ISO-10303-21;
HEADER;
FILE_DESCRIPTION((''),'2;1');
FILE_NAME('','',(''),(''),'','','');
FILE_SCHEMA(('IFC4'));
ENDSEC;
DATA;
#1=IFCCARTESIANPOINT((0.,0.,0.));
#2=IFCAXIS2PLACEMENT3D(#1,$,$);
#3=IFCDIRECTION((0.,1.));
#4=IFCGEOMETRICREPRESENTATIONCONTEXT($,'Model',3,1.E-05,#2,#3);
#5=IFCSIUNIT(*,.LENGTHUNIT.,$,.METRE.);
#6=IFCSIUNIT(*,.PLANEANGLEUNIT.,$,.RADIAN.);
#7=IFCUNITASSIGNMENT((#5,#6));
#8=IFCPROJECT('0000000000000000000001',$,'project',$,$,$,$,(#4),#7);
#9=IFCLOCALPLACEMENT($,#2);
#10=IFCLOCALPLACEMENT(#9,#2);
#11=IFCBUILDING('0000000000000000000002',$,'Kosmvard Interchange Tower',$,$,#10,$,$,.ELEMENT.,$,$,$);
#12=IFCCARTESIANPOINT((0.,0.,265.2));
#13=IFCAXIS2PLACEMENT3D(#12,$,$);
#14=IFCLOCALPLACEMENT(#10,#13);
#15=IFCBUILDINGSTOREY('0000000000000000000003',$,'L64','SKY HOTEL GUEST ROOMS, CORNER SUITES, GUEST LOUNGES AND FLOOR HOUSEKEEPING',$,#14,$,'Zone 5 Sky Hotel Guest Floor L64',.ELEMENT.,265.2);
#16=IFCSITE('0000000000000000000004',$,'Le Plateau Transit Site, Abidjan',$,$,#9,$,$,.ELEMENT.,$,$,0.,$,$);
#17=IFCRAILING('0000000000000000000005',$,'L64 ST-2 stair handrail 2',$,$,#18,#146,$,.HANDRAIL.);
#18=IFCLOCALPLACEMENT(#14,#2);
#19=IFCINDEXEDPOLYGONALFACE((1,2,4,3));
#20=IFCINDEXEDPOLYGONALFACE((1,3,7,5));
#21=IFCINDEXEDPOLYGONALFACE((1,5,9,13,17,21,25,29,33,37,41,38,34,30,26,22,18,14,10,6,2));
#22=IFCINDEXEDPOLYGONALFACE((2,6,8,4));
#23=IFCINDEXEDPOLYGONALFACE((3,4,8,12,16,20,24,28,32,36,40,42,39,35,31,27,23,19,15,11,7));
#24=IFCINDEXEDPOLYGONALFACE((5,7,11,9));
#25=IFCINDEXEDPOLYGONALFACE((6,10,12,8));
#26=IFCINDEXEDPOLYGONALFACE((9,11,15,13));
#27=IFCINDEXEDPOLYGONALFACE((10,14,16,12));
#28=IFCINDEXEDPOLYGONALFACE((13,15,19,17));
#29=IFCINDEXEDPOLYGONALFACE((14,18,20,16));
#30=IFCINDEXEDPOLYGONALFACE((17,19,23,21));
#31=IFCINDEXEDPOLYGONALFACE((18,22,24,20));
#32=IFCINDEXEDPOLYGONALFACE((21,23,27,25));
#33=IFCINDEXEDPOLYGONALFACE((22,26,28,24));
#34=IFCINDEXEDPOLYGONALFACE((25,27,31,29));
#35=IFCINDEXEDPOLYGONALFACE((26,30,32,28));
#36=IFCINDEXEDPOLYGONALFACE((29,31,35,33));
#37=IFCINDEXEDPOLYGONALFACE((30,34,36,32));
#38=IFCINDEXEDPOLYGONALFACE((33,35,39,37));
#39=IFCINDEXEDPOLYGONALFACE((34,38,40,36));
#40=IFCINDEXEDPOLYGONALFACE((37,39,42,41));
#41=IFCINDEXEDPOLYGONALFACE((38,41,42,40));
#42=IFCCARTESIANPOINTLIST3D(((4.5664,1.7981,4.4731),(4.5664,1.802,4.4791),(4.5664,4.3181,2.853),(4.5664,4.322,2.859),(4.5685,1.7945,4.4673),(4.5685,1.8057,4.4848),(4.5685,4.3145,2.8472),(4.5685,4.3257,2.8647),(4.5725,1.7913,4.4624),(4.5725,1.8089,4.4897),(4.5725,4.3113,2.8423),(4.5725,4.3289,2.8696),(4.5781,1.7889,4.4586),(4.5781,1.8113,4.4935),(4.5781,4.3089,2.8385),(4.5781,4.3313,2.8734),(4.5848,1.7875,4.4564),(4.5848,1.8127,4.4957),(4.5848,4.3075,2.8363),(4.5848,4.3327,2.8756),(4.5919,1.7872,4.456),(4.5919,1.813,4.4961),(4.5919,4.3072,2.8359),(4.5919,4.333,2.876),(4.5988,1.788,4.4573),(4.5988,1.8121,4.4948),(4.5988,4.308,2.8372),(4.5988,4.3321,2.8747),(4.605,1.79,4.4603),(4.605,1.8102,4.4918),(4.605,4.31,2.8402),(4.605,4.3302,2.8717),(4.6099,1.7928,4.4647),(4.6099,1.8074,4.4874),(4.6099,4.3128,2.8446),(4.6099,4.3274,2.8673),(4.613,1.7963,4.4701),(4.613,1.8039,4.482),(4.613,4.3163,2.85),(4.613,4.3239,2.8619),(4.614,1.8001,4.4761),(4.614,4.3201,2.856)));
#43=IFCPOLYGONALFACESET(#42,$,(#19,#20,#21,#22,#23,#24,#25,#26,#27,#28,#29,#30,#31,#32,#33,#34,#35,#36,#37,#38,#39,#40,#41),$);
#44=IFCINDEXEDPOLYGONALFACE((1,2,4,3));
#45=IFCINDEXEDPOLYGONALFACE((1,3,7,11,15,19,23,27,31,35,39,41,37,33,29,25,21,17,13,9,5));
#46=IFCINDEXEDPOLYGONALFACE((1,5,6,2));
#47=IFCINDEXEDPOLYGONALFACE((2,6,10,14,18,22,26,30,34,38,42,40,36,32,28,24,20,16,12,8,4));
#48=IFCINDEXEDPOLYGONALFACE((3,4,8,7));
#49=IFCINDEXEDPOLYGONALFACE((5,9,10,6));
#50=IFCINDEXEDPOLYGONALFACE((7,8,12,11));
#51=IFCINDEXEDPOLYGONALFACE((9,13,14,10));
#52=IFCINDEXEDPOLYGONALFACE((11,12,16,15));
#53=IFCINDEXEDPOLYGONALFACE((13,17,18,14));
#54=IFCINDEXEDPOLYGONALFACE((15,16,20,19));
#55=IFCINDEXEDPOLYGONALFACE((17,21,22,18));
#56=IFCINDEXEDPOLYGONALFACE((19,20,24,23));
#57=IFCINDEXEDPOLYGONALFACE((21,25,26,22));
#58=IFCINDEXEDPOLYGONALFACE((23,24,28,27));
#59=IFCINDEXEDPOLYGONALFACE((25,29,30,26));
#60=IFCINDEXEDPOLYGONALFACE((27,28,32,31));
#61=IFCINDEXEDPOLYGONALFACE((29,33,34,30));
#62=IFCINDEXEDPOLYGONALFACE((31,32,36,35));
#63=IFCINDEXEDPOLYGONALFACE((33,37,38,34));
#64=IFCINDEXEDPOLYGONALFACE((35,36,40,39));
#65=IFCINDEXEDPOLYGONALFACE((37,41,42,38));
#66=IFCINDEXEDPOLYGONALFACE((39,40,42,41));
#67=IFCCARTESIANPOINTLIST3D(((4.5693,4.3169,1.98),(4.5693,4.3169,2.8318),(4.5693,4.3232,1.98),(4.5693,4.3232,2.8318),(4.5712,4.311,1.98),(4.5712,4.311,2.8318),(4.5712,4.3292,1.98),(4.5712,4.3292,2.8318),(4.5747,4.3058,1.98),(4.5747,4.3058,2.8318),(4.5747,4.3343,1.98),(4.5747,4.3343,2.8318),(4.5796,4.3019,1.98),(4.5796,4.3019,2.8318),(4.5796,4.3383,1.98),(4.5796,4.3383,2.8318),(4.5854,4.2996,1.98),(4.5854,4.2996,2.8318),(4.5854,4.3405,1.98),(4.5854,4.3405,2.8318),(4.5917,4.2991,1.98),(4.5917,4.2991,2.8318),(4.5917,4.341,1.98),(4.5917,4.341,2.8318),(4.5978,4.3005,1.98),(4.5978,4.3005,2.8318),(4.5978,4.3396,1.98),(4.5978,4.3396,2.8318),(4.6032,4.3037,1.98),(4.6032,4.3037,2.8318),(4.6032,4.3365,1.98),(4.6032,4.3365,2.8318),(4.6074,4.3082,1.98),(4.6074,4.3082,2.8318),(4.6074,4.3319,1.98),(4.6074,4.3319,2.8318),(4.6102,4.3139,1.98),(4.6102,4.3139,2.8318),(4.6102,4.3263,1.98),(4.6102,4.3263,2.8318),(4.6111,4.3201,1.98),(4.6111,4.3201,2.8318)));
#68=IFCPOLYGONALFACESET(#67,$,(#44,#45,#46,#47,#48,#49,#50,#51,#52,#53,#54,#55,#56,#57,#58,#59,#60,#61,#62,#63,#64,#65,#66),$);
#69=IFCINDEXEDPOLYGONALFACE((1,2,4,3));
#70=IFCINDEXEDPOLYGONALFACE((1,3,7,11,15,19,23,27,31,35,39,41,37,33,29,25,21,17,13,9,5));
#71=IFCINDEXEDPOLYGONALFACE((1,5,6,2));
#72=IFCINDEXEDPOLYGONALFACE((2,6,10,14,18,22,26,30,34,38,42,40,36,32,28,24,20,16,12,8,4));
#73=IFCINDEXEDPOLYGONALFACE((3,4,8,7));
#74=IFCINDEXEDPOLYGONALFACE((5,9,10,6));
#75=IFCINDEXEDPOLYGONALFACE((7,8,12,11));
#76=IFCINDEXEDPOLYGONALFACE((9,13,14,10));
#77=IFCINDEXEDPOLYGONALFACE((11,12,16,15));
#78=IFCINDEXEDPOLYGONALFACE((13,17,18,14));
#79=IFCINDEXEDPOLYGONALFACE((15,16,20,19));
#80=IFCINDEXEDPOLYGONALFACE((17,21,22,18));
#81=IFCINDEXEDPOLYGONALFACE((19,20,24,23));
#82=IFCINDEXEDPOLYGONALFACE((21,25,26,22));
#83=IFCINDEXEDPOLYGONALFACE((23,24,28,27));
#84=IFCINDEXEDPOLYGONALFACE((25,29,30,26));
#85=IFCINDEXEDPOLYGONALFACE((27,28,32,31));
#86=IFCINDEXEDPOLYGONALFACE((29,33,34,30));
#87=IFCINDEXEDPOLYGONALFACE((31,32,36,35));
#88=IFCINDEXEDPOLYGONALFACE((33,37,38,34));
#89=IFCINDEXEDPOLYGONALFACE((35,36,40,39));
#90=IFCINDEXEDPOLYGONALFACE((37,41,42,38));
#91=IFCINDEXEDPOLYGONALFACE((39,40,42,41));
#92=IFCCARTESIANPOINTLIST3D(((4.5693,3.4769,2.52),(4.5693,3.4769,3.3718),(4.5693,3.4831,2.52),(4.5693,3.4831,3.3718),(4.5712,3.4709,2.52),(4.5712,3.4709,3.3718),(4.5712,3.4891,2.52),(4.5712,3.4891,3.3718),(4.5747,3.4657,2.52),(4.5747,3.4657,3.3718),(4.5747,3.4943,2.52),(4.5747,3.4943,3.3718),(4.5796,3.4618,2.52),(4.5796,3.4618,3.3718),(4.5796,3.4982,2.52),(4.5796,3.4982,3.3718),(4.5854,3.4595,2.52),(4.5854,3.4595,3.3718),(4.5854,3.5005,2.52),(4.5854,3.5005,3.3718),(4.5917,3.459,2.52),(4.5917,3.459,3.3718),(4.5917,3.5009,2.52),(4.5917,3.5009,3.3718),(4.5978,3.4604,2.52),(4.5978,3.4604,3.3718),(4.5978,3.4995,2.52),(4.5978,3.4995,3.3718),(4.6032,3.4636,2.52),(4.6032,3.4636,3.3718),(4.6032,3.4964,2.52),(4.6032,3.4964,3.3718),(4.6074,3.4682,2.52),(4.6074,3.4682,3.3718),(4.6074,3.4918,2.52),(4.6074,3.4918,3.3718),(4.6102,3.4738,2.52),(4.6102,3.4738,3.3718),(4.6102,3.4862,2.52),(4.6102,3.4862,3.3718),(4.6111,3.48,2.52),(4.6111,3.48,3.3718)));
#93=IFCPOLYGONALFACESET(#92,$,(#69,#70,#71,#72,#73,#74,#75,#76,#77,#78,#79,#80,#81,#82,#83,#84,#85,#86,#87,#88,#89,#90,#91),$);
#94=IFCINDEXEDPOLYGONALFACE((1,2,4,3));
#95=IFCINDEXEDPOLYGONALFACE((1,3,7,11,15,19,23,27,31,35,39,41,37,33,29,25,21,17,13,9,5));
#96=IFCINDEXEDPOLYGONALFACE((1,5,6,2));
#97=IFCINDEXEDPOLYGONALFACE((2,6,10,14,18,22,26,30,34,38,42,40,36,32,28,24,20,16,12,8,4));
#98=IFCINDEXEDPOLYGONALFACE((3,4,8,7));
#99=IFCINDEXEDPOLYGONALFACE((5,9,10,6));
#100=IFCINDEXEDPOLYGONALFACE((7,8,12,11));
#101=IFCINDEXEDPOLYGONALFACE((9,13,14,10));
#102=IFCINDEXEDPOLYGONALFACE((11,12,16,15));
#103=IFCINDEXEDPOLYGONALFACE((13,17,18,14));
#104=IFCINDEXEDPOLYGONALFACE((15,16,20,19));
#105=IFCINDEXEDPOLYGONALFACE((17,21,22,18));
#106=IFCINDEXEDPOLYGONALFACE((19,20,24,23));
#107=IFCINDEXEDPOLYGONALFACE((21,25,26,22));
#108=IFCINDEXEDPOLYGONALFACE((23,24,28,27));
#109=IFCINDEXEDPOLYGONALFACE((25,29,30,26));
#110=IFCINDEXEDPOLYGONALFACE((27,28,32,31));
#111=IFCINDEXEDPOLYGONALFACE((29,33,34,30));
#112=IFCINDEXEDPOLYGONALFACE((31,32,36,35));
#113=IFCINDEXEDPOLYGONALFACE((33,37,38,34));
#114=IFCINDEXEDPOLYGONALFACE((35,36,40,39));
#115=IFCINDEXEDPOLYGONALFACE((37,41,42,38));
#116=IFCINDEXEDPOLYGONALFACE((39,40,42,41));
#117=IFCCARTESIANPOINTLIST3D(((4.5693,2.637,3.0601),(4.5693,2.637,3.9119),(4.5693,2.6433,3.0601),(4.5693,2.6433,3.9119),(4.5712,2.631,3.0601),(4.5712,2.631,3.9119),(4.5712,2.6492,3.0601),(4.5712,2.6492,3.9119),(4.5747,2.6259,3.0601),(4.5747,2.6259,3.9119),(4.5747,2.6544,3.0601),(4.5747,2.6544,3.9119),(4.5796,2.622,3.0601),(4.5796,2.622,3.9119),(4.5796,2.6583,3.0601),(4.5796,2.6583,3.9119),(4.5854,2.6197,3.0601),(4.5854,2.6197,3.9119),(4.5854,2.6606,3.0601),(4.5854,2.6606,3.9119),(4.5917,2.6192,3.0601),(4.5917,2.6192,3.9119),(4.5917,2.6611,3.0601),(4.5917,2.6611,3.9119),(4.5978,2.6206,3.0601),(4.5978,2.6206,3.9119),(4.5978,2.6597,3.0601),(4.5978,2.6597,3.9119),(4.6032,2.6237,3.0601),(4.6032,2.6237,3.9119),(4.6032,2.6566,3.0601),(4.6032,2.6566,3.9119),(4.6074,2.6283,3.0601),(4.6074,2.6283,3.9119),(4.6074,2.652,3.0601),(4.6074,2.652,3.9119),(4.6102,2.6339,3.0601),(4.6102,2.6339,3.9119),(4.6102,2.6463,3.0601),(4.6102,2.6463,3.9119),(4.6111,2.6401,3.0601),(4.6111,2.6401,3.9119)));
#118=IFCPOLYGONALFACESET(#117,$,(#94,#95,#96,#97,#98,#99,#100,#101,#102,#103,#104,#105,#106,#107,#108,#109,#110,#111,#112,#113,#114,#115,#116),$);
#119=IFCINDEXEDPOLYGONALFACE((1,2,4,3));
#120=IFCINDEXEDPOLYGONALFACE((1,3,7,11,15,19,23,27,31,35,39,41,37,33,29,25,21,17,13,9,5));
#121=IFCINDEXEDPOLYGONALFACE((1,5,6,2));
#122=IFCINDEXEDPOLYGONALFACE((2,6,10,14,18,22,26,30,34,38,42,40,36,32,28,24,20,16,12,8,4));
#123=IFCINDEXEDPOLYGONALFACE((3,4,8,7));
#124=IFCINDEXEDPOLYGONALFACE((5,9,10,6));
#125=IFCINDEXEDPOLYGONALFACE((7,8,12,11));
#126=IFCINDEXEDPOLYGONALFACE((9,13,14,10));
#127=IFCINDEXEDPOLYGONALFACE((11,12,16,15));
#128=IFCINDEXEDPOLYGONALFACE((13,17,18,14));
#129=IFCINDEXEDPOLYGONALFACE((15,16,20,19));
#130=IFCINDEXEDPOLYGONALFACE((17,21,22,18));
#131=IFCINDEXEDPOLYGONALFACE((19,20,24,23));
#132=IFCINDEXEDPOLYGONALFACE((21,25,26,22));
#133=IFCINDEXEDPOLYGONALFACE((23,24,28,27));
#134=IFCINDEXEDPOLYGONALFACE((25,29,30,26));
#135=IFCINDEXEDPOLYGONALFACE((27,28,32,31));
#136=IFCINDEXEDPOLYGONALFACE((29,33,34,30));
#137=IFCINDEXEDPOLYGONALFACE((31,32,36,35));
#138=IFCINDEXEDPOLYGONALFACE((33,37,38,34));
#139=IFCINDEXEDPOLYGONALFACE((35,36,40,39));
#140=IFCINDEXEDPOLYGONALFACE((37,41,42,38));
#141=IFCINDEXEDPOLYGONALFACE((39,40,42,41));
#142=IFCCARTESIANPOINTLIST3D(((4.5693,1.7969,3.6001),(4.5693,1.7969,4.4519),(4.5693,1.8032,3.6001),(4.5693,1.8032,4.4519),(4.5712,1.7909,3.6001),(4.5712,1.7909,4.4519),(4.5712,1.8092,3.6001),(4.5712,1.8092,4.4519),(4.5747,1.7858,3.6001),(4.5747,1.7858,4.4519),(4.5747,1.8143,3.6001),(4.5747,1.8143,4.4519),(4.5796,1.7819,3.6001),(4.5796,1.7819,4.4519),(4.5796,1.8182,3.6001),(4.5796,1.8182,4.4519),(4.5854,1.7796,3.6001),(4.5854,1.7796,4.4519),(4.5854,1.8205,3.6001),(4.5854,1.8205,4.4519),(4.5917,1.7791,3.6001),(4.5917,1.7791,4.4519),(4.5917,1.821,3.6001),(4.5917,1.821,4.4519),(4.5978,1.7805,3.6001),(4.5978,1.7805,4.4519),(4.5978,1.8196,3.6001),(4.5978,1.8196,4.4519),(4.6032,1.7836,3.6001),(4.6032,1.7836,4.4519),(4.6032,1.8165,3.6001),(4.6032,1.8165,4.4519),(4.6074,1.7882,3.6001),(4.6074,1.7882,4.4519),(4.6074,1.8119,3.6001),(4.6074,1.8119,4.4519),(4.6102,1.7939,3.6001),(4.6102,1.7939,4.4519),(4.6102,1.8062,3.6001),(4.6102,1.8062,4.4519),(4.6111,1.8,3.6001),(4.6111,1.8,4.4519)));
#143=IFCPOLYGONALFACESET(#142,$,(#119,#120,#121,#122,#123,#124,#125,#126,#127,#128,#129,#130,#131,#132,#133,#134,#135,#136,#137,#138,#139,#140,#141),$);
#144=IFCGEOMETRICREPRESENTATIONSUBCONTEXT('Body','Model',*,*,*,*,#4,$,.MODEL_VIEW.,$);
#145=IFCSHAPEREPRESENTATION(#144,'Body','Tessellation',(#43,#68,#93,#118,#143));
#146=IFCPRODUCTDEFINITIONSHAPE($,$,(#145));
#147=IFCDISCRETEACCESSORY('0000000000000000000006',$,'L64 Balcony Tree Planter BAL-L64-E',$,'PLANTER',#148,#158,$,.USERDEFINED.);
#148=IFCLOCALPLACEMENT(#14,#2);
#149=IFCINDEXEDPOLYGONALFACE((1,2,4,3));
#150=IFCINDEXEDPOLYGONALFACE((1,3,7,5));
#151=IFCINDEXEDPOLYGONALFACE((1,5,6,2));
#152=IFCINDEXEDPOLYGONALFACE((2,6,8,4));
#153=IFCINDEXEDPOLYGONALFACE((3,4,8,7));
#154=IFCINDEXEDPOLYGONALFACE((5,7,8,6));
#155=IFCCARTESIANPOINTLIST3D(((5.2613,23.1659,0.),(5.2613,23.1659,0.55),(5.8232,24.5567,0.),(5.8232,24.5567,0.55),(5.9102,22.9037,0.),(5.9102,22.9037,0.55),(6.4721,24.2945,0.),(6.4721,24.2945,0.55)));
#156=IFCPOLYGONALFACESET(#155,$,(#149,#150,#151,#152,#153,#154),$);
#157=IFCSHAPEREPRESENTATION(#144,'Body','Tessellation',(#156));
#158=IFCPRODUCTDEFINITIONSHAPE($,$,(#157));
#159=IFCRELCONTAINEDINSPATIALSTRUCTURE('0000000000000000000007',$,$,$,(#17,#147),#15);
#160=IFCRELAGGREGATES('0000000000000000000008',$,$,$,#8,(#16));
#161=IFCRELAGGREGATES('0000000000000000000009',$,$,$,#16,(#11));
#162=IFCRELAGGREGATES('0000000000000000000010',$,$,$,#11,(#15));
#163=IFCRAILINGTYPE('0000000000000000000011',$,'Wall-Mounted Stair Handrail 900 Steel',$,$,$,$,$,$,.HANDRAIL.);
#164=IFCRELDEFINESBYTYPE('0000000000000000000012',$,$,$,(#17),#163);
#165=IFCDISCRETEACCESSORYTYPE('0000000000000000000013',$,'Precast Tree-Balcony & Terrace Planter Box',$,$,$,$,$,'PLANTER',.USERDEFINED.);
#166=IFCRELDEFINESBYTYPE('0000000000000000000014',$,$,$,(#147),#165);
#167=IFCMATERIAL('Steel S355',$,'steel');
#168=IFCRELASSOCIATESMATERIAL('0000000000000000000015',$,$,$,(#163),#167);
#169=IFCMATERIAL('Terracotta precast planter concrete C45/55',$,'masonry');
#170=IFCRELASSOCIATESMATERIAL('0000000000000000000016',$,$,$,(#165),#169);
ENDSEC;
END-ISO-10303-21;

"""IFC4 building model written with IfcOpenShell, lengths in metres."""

from ifc_helpers import new_model, si_unit, direction, frame, origin, origin_2d, place, context, subcontext, project, spatial, rectangle, circle, extrude, source, transform, mapped, material, type_object, element, save


model = new_model("IFC4")

# Units and contexts
model_context = context("Model", 3, precision=1e-05, world=origin(), true_north=direction((0.0, 1.0)))
body_context = subcontext(model_context, "Body", "Model", "MODEL_VIEW")
ifc_project = project(units=[si_unit("LENGTHUNIT", "METRE"), si_unit("PLANEANGLEUNIT", "RADIAN")], contexts=[model_context])

# Site, building, storey
site_placement = place(None, origin())
site = spatial("IfcSite", under=ifc_project, at=site_placement, Name="Le Plateau Transit Site, Abidjan", CompositionType="ELEMENT", RefElevation=0.0)
building_placement = place(site_placement, origin())
building = spatial("IfcBuilding", under=site, at=building_placement, Name="Kosmvard Interchange Tower", CompositionType="ELEMENT")
storey_placement = place(building_placement, frame((0.0, 0.0, 265.2)))
storey = spatial("IfcBuildingStorey", under=building, at=storey_placement, Name="L64", Description="SKY HOTEL GUEST ROOMS, CORNER SUITES, GUEST LOUNGES AND FLOOR HOUSEKEEPING", LongName="Zone 5 Sky Hotel Guest Floor L64", CompositionType="ELEMENT", Elevation=265.2)

# Shared definitions
ifc_material_1 = material(Name="Steel S355", Category="steel")

# Railing
railing_type_1 = type_object("IfcRailingType", Name="Wall-Mounted Stair Handrail 900 Steel", PredefinedType="HANDRAIL", material=ifc_material_1)
shared_shape_1 = source(origin(), body_context, "Body", "SweptSolid", [
    extrude(circle(Radius=0.0239, at=origin_2d()), frame((0.0, 0.0, 0.876), z_axis=(0.0, -0.841163, 0.540782), x_axis=(1.0, 0.0, 0.0)), (0.0, 0.0, 1.0), 2.9958),
    extrude(circle(Radius=0.021, at=origin_2d()), origin(), (0.0, 0.0, 1.0), 0.8518),
    extrude(circle(Radius=0.021, at=origin_2d()), frame((0.0, -0.8401, 0.54)), (0.0, 0.0, 1.0), 0.8518),
    extrude(circle(Radius=0.021, at=origin_2d()), frame((0.0, -1.6799, 1.0801)), (0.0, 0.0, 1.0), 0.8518),
    extrude(circle(Radius=0.021, at=origin_2d()), frame((0.0, -2.52, 1.6201)), (0.0, 0.0, 1.0), 0.8518),
])
railing_1_placement = place(storey_placement, frame((4.5901, 4.3201, 1.98)))
element("IfcRailing", 1, at=railing_1_placement, inside=storey, type_object=railing_type_1, Name="L64 ST-2 stair handrail 2", PredefinedType="HANDRAIL", context=body_context, shape_type="MappedRepresentation", body=[
    mapped(shared_shape_1, transform((0.0, 0.0, 0.0), scale=1.0)),
])

# Discrete accessory
ifc_material_2 = material(Name="Terracotta precast planter concrete C45/55", Category="masonry")
discrete_accessory_type = type_object("IfcDiscreteAccessoryType", Name="Precast Tree-Balcony & Terrace Planter Box", ElementType="PLANTER", PredefinedType="USERDEFINED", material=ifc_material_2)
shared_shape_2 = source(origin(), body_context, "Body", "SweptSolid", [
    extrude(rectangle(XDim=1.5, YDim=0.7, at=origin_2d()), origin(), (0.0, 0.0, 1.0), 0.55),
])
discrete_accessory_placement = place(storey_placement, frame((5.8667, 23.7302, 0.0), z_axis=(0.0, 0.0, 1.0), x_axis=(0.374607, 0.927184, 0.0)))
element("IfcDiscreteAccessory", 2, at=discrete_accessory_placement, inside=storey, type_object=discrete_accessory_type, Name="L64 Balcony Tree Planter BAL-L64-E", ObjectType="PLANTER", PredefinedType="USERDEFINED", context=body_context, shape_type="MappedRepresentation", body=[
    mapped(shared_shape_2, transform((0.0, 0.0, 0.0), scale=1.0)),
])

save(model, "model.ifc")
